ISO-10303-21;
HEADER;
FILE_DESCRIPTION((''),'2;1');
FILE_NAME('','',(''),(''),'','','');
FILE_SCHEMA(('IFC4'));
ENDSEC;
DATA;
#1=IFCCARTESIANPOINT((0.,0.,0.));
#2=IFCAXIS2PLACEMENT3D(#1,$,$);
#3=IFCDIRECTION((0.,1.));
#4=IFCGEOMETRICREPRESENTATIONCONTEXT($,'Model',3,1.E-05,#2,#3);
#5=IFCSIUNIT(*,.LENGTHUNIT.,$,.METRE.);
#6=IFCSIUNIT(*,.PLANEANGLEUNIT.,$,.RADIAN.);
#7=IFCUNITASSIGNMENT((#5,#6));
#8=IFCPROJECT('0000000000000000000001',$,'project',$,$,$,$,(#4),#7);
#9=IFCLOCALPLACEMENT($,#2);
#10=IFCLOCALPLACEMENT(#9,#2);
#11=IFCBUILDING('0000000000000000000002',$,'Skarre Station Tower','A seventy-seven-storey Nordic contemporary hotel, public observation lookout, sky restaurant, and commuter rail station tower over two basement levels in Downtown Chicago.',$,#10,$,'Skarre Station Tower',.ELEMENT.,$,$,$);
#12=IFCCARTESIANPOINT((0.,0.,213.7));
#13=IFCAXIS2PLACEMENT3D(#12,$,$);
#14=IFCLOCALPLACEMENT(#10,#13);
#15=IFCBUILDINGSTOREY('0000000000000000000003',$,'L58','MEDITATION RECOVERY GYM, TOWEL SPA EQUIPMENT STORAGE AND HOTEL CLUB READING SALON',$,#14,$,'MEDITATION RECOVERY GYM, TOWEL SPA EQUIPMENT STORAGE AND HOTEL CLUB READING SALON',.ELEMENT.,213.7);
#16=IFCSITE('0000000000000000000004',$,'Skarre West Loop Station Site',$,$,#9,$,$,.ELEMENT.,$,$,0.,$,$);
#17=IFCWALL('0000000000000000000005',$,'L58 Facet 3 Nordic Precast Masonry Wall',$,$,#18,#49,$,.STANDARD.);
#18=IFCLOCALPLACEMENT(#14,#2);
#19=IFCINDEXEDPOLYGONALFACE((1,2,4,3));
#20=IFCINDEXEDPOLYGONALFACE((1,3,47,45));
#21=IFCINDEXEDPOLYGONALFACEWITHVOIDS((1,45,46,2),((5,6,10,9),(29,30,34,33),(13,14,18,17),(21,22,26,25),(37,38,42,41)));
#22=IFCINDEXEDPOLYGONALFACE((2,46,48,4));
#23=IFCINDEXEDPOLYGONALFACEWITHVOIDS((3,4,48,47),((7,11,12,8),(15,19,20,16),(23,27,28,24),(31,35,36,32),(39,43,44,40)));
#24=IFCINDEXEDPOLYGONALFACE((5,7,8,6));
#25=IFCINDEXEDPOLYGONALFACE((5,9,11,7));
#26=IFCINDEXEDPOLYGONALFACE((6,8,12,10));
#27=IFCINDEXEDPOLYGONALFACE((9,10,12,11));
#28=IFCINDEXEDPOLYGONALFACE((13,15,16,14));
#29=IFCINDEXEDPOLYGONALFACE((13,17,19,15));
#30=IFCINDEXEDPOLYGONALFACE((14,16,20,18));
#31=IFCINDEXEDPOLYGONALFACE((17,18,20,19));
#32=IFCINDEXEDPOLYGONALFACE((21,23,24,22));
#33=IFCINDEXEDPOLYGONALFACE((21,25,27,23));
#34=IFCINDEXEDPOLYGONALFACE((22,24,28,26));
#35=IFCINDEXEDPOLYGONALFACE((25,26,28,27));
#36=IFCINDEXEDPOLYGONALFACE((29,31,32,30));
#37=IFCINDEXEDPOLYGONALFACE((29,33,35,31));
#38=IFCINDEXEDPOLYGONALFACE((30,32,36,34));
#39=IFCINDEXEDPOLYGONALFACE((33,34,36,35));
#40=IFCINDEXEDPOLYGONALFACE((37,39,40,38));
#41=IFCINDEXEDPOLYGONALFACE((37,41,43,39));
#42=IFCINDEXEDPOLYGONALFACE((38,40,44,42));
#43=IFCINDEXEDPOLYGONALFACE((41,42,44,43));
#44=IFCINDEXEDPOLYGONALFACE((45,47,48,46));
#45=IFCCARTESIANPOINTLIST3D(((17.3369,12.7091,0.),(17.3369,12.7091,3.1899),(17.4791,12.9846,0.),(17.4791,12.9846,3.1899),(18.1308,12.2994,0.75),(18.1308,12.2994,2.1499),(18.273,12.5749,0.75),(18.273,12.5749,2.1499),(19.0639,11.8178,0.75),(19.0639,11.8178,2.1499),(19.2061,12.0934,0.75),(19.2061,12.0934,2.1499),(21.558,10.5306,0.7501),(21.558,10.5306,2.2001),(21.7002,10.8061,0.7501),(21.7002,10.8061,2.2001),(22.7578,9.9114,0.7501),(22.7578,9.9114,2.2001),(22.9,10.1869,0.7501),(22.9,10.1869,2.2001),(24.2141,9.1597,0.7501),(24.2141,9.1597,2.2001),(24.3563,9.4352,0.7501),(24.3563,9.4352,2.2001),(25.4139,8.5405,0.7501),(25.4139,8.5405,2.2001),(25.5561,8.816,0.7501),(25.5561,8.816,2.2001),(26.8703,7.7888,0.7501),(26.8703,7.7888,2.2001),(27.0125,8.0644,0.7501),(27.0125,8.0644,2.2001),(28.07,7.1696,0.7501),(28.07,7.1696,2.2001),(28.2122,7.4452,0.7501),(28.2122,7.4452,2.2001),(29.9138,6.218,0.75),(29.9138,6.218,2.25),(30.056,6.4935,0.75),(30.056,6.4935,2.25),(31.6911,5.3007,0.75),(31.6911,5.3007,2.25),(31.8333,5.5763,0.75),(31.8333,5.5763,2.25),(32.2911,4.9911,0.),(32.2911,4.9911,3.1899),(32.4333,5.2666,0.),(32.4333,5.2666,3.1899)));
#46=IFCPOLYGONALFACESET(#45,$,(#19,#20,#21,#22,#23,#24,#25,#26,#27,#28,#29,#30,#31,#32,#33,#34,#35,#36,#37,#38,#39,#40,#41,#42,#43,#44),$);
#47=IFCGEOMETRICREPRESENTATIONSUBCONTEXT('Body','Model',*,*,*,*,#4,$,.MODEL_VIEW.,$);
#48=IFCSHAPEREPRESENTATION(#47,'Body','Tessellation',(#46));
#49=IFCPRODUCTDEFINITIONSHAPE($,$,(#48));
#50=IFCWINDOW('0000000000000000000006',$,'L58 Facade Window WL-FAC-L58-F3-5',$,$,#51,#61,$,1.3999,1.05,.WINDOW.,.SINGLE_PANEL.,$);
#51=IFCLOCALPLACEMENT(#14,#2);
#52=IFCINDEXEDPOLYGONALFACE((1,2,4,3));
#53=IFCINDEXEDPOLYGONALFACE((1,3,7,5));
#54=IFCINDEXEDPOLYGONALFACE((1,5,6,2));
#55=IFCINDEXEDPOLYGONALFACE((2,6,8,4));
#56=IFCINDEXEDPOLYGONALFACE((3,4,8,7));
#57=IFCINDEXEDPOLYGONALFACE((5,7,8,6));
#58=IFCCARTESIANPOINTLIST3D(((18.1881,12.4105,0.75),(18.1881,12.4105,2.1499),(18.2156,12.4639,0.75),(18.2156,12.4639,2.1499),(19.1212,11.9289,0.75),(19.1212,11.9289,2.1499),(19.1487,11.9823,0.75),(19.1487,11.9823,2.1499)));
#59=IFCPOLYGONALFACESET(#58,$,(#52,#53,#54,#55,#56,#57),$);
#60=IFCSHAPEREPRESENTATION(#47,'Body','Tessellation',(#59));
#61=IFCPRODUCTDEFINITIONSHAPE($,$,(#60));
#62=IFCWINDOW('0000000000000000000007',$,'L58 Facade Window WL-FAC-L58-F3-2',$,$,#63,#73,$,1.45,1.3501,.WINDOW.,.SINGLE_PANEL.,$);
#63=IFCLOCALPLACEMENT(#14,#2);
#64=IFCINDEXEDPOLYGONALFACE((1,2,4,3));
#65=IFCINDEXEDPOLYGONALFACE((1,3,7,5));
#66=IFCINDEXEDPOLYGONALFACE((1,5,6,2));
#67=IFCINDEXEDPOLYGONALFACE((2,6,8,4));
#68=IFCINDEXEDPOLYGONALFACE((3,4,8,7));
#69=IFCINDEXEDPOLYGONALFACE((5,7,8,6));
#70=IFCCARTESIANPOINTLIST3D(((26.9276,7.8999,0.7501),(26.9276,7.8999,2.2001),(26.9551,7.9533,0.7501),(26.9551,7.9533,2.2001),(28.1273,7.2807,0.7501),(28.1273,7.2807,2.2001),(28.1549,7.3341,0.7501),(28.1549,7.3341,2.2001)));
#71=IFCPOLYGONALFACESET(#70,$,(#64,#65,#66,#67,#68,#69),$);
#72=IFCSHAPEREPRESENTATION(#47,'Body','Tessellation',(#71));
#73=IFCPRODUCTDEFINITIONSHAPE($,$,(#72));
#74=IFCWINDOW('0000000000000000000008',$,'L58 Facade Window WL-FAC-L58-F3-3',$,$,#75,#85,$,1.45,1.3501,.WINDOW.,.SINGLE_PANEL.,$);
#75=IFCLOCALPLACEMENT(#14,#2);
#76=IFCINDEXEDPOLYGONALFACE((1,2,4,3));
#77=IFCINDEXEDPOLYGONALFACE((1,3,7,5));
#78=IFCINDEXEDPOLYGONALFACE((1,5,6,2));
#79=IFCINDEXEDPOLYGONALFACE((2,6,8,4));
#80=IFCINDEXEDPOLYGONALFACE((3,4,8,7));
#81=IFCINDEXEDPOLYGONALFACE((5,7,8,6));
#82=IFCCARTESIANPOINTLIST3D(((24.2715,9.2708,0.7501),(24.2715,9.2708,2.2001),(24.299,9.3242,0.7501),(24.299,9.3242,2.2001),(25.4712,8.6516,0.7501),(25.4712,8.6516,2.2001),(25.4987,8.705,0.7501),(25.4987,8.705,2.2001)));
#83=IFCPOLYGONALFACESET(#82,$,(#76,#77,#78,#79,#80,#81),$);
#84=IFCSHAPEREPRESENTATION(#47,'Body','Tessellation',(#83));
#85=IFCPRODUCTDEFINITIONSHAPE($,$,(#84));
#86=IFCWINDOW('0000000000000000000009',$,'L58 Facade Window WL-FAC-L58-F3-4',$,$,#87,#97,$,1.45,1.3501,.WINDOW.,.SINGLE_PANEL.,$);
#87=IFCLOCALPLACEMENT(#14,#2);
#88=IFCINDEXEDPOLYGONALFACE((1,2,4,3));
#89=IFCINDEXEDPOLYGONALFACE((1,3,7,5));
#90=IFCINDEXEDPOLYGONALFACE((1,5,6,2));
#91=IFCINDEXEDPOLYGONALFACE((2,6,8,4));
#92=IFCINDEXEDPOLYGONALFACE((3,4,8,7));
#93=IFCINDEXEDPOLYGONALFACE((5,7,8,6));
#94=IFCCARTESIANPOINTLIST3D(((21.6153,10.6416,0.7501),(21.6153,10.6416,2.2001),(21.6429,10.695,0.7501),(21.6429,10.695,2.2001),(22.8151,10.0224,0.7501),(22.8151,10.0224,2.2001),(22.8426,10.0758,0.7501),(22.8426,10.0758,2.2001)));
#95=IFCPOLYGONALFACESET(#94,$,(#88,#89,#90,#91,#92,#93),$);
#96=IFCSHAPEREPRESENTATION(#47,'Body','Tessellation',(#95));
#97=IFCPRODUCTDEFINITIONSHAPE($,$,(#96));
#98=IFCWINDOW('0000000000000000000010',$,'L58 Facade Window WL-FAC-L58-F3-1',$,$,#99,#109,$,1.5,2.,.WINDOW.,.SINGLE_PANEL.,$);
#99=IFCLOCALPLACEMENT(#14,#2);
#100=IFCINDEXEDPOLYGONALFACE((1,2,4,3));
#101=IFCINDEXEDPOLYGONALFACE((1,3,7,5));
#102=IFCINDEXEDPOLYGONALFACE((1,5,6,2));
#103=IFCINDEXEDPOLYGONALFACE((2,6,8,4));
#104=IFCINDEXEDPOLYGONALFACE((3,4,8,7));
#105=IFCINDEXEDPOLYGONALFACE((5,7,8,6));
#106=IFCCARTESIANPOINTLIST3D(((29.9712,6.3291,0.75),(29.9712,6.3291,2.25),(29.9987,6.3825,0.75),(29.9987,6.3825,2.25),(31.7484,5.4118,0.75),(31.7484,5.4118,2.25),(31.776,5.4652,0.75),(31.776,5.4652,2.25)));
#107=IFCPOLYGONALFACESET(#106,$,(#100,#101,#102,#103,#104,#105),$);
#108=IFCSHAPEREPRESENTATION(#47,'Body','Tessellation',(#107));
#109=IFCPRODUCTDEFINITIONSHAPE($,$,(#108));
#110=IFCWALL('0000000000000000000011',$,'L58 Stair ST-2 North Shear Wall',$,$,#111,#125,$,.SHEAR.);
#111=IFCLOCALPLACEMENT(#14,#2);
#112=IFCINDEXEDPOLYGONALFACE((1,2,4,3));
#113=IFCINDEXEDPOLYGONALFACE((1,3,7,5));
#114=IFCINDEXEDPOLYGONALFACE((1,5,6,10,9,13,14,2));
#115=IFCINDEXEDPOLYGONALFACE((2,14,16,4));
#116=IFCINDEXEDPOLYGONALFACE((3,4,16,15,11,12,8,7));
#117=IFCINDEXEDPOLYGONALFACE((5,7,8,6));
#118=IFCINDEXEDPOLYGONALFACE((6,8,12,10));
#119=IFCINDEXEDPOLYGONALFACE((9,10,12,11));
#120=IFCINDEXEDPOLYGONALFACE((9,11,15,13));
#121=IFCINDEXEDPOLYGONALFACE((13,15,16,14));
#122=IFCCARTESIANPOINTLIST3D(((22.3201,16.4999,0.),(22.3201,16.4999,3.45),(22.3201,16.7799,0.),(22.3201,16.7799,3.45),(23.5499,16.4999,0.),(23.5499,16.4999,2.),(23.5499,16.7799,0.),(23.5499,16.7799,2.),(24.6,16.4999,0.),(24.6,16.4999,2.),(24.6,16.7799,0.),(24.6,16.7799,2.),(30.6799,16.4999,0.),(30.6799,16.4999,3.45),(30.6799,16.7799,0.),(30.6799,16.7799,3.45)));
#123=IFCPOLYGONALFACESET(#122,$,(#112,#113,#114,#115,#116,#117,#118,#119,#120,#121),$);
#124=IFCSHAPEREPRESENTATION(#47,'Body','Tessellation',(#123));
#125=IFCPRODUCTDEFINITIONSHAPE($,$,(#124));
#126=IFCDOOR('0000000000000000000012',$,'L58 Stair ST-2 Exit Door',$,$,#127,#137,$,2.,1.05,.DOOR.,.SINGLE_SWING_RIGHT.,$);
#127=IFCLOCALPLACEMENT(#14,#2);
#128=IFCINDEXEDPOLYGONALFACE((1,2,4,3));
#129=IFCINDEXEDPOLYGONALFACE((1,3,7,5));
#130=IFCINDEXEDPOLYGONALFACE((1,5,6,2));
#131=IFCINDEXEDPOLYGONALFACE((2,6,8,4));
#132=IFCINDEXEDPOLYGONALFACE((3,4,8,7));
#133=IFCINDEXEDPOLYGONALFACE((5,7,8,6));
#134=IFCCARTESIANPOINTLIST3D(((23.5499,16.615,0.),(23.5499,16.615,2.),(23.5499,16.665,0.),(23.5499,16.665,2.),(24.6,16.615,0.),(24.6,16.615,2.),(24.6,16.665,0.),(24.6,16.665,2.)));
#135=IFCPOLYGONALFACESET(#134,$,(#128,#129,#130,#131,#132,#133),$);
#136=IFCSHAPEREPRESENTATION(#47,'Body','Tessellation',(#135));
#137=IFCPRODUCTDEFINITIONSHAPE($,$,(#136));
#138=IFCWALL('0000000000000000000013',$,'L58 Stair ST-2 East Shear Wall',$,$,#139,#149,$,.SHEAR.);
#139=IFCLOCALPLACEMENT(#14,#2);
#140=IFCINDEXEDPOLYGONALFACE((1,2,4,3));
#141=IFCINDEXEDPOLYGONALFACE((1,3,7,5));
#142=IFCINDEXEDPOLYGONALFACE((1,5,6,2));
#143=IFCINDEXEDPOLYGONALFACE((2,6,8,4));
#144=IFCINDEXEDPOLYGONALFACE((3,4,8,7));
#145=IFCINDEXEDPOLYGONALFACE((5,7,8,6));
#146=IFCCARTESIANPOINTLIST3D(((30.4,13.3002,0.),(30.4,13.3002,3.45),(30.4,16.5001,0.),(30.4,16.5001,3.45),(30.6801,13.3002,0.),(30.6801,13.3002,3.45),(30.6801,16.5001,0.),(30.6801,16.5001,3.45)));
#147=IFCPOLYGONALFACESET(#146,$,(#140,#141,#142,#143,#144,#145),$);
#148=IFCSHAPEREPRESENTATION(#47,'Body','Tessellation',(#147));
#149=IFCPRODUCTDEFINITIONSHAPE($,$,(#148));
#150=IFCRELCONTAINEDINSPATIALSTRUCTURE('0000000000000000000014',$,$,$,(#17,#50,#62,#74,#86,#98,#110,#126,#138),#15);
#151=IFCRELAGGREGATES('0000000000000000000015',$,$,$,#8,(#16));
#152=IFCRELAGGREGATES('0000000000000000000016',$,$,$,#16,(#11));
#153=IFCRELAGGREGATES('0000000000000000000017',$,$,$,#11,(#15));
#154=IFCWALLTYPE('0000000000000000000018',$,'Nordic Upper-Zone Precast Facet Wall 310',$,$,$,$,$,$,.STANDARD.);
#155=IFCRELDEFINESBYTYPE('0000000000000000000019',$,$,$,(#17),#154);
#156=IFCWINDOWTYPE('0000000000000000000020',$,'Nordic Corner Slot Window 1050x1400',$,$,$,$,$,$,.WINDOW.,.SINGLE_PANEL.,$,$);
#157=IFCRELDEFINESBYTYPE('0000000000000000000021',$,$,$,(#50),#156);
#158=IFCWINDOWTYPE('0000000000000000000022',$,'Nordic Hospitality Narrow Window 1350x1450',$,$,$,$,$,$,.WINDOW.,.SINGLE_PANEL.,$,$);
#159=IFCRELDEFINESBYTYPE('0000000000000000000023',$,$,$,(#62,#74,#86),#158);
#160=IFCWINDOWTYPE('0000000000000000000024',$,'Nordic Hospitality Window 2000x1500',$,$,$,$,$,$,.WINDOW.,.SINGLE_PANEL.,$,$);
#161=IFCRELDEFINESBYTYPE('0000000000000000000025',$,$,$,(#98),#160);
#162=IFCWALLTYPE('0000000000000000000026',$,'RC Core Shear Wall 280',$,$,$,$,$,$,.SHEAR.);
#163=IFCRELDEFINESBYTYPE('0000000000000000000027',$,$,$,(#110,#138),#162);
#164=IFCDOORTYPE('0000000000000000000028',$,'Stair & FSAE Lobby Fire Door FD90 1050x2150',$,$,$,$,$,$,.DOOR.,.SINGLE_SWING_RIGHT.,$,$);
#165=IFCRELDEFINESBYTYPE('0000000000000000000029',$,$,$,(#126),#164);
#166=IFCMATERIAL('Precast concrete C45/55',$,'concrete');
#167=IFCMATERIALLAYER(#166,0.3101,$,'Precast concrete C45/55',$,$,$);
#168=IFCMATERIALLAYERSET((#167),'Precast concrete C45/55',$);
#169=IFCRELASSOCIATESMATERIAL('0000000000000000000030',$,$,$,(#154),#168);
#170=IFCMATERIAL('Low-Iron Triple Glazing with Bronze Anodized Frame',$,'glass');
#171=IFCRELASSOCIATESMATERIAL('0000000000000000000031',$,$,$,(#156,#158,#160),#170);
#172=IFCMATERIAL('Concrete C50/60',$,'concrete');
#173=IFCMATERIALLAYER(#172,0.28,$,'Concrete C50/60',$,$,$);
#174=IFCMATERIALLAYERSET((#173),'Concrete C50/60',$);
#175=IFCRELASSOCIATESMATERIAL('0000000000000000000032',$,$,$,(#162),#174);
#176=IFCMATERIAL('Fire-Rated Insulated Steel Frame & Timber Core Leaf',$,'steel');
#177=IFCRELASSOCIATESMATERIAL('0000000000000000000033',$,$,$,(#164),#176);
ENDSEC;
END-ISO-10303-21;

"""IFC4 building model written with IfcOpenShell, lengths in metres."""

from ifc_helpers import new_model, si_unit, direction, frame, frame_2d, origin, place, context, subcontext, project, spatial, rectangle, extrude, material, layer, layer_set, type_object, element, fill, save


model = new_model("IFC4")

# Units and contexts
model_context = context("Model", 3, precision=1e-05, world=origin(), true_north=direction((0.0, 1.0)))
body_context = subcontext(model_context, "Body", "Model", "MODEL_VIEW")
ifc_project = project(units=[si_unit("LENGTHUNIT", "METRE"), si_unit("PLANEANGLEUNIT", "RADIAN")], contexts=[model_context])

# Site, building, storey
site_placement = place(None, origin())
site = spatial("IfcSite", under=ifc_project, at=site_placement, Name="Skarre West Loop Station Site", CompositionType="ELEMENT", RefElevation=0.0)
building_placement = place(site_placement, origin())
building = spatial("IfcBuilding", under=site, at=building_placement, Name="Skarre Station Tower", Description="A seventy-seven-storey Nordic contemporary hotel, public observation lookout, sky restaurant, and commuter rail station tower over two basement levels in Downtown Chicago.", LongName="Skarre Station Tower", CompositionType="ELEMENT")
storey_placement = place(building_placement, frame((0.0, 0.0, 213.7)))
storey = spatial("IfcBuildingStorey", under=building, at=storey_placement, Name="L58", Description="MEDITATION RECOVERY GYM, TOWEL SPA EQUIPMENT STORAGE AND HOTEL CLUB READING SALON", LongName="MEDITATION RECOVERY GYM, TOWEL SPA EQUIPMENT STORAGE AND HOTEL CLUB READING SALON", CompositionType="ELEMENT", Elevation=213.7)

# Shared definitions
ifc_material_1 = material(Name="Precast concrete C45/55", Category="concrete")

# Wall, openings, windows
ifc_layer_1 = layer(ifc_material_1, 0.3101, Name="Precast concrete C45/55")
ifc_layer_set_1 = layer_set([ifc_layer_1], Name="Precast concrete C45/55")
wall_type_1 = type_object("IfcWallType", Name="Nordic Upper-Zone Precast Facet Wall 310", PredefinedType="STANDARD", material=ifc_layer_set_1)
wall_1_placement = place(storey_placement, frame((32.3621, 5.1289, 0.0), z_axis=(0.0, 0.0, 1.0), x_axis=(-0.888626, 0.458632, 0.0)))
wall_1 = element("IfcWall", 1, at=wall_1_placement, inside=storey, type_object=wall_type_1, Name="L58 Facet 3 Nordic Precast Masonry Wall", PredefinedType="STANDARD", context=body_context, shape_type="SweptSolid", body=[
    extrude(rectangle(XDim=16.8284, YDim=0.3101, at=frame_2d((8.4141, 0.0))), origin(), (0.0, 0.0, 1.0), 3.1899),
])
opening_1_placement = place(wall_1_placement, frame((0.675, 0.0, 0.75)))
opening_1 = element("IfcOpeningElement", 2, at=opening_1_placement, cuts=wall_1, PredefinedType="OPENING", context=body_context, shape_type="SweptSolid", body=[
    extrude(rectangle(XDim=2.0, YDim=1.5, at=frame_2d((1.0, 0.75))), frame((0.0, 0.165, 0.0), z_axis=(0.0, -1.0, 0.0), x_axis=(1.0, 0.0, 0.0)), (0.0, 0.0, 1.0), 0.3301),
])
opening_2_placement = place(wall_1_placement, frame((4.75, 0.0, 0.75)))
opening_2 = element("IfcOpeningElement", 3, at=opening_2_placement, cuts=wall_1, PredefinedType="OPENING", context=body_context, shape_type="SweptSolid", body=[
    extrude(rectangle(XDim=1.3501, YDim=1.45, at=frame_2d((0.675, 0.7251))), frame((0.0, 0.165, 0.0), z_axis=(0.0, -1.0, 0.0), x_axis=(1.0, 0.0, 0.0)), (0.0, 0.0, 1.0), 0.3301),
])
opening_3_placement = place(wall_1_placement, frame((7.739, 0.0, 0.75)))
opening_3 = element("IfcOpeningElement", 4, at=opening_3_placement, cuts=wall_1, PredefinedType="OPENING", context=body_context, shape_type="SweptSolid", body=[
    extrude(rectangle(XDim=1.3501, YDim=1.45, at=frame_2d((0.675, 0.7251))), frame((0.0, 0.165, 0.0), z_axis=(0.0, -1.0, 0.0), x_axis=(1.0, 0.0, 0.0)), (0.0, 0.0, 1.0), 0.3301),
])
opening_4_placement = place(wall_1_placement, frame((10.728, 0.0, 0.75)))
opening_4 = element("IfcOpeningElement", 5, at=opening_4_placement, cuts=wall_1, PredefinedType="OPENING", context=body_context, shape_type="SweptSolid", body=[
    extrude(rectangle(XDim=1.3501, YDim=1.45, at=frame_2d((0.675, 0.7251))), frame((0.0, 0.165, 0.0), z_axis=(0.0, -1.0, 0.0), x_axis=(1.0, 0.0, 0.0)), (0.0, 0.0, 1.0), 0.3301),
])
opening_5_placement = place(wall_1_placement, frame((14.885, 0.0, 0.75)))
opening_5 = element("IfcOpeningElement", 6, at=opening_5_placement, cuts=wall_1, PredefinedType="OPENING", context=body_context, shape_type="SweptSolid", body=[
    extrude(rectangle(XDim=1.05, YDim=1.3999, at=frame_2d((0.5249, 0.7))), frame((0.0, 0.165, 0.0), z_axis=(0.0, -1.0, 0.0), x_axis=(1.0, 0.0, 0.0)), (0.0, 0.0, 1.0), 0.3301),
])
ifc_material_2 = material(Name="Low-Iron Triple Glazing with Bronze Anodized Frame", Category="glass")
window_type_1 = type_object("IfcWindowType", Name="Nordic Corner Slot Window 1050x1400", PartitioningType="SINGLE_PANEL", PredefinedType="WINDOW", material=ifc_material_2)
window_1_placement = place(opening_5_placement, origin())
window_1 = element("IfcWindow", 7, at=window_1_placement, inside=storey, type_object=window_type_1, Name="L58 Facade Window WL-FAC-L58-F3-5", OverallHeight=1.3999, OverallWidth=1.05, PartitioningType="SINGLE_PANEL", PredefinedType="WINDOW", context=body_context, shape_type="SweptSolid", body=[
    extrude(rectangle(XDim=1.05, YDim=1.3999, at=frame_2d((0.5249, 0.7))), frame((0.0, 0.03, 0.0), z_axis=(0.0, -1.0, 0.0), x_axis=(1.0, 0.0, 0.0)), (0.0, 0.0, 1.0), 0.0601),
])
fill(opening_5, window_1)
window_type_2 = type_object("IfcWindowType", Name="Nordic Hospitality Narrow Window 1350x1450", PartitioningType="SINGLE_PANEL", PredefinedType="WINDOW", material=ifc_material_2)
window_2_placement = place(opening_2_placement, origin())
window_2 = element("IfcWindow", 8, at=window_2_placement, inside=storey, type_object=window_type_2, Name="L58 Facade Window WL-FAC-L58-F3-2", OverallHeight=1.45, OverallWidth=1.3501, PartitioningType="SINGLE_PANEL", PredefinedType="WINDOW", context=body_context, shape_type="SweptSolid", body=[
    extrude(rectangle(XDim=1.3501, YDim=1.45, at=frame_2d((0.675, 0.7251))), frame((0.0, 0.03, 0.0), z_axis=(0.0, -1.0, 0.0), x_axis=(1.0, 0.0, 0.0)), (0.0, 0.0, 1.0), 0.0601),
])
fill(opening_2, window_2)
window_3_placement = place(opening_3_placement, origin())
window_3 = element("IfcWindow", 9, at=window_3_placement, inside=storey, type_object=window_type_2, Name="L58 Facade Window WL-FAC-L58-F3-3", OverallHeight=1.45, OverallWidth=1.3501, PartitioningType="SINGLE_PANEL", PredefinedType="WINDOW", context=body_context, shape_type="SweptSolid", body=[
    extrude(rectangle(XDim=1.3501, YDim=1.45, at=frame_2d((0.675, 0.7251))), frame((0.0, 0.03, 0.0), z_axis=(0.0, -1.0, 0.0), x_axis=(1.0, 0.0, 0.0)), (0.0, 0.0, 1.0), 0.0601),
])
fill(opening_3, window_3)
window_4_placement = place(opening_4_placement, origin())
window_4 = element("IfcWindow", 10, at=window_4_placement, inside=storey, type_object=window_type_2, Name="L58 Facade Window WL-FAC-L58-F3-4", OverallHeight=1.45, OverallWidth=1.3501, PartitioningType="SINGLE_PANEL", PredefinedType="WINDOW", context=body_context, shape_type="SweptSolid", body=[
    extrude(rectangle(XDim=1.3501, YDim=1.45, at=frame_2d((0.675, 0.7251))), frame((0.0, 0.03, 0.0), z_axis=(0.0, -1.0, 0.0), x_axis=(1.0, 0.0, 0.0)), (0.0, 0.0, 1.0), 0.0601),
])
fill(opening_4, window_4)
window_type_3 = type_object("IfcWindowType", Name="Nordic Hospitality Window 2000x1500", PartitioningType="SINGLE_PANEL", PredefinedType="WINDOW", material=ifc_material_2)
window_5_placement = place(opening_1_placement, origin())
window_5 = element("IfcWindow", 11, at=window_5_placement, inside=storey, type_object=window_type_3, Name="L58 Facade Window WL-FAC-L58-F3-1", OverallHeight=1.5, OverallWidth=2.0, PartitioningType="SINGLE_PANEL", PredefinedType="WINDOW", context=body_context, shape_type="SweptSolid", body=[
    extrude(rectangle(XDim=2.0, YDim=1.5, at=frame_2d((1.0, 0.75))), frame((0.0, 0.03, 0.0), z_axis=(0.0, -1.0, 0.0), x_axis=(1.0, 0.0, 0.0)), (0.0, 0.0, 1.0), 0.0601),
])
fill(opening_1, window_5)

# Wall, opening, door
ifc_material_3 = material(Name="Concrete C50/60", Category="concrete")
ifc_layer_2 = layer(ifc_material_3, 0.28, Name="Concrete C50/60")
ifc_layer_set_2 = layer_set([ifc_layer_2], Name="Concrete C50/60")
wall_type_2 = type_object("IfcWallType", Name="RC Core Shear Wall 280", PredefinedType="SHEAR", material=ifc_layer_set_2)
wall_2_placement = place(storey_placement, frame((30.6799, 16.6399, 0.0), z_axis=(0.0, 0.0, 1.0), x_axis=(-1.0, 0.0, 0.0)))
wall_2 = element("IfcWall", 12, at=wall_2_placement, inside=storey, type_object=wall_type_2, Name="L58 Stair ST-2 North Shear Wall", PredefinedType="SHEAR", context=body_context, shape_type="SweptSolid", body=[
    extrude(rectangle(XDim=8.3599, YDim=0.28, at=frame_2d((4.1799, 0.0))), origin(), (0.0, 0.0, 1.0), 3.45),
])
opening_6_placement = place(wall_2_placement, frame((6.0801, 0.0, 0.0)))
opening_6 = element("IfcOpeningElement", 13, at=opening_6_placement, cuts=wall_2, PredefinedType="OPENING", context=body_context, shape_type="SweptSolid", body=[
    extrude(rectangle(XDim=1.05, YDim=2.0, at=frame_2d((0.5249, 1.0))), frame((0.0, 0.1499, 0.0), z_axis=(0.0, -1.0, 0.0), x_axis=(1.0, 0.0, 0.0)), (0.0, 0.0, 1.0), 0.3),
])
ifc_material_4 = material(Name="Fire-Rated Insulated Steel Frame & Timber Core Leaf", Category="steel")
door_type_1 = type_object("IfcDoorType", Name="Stair & FSAE Lobby Fire Door FD90 1050x2150", OperationType="SINGLE_SWING_RIGHT", PredefinedType="DOOR", material=ifc_material_4)
door_1_placement = place(opening_6_placement, origin())
door_1 = element("IfcDoor", 14, at=door_1_placement, inside=storey, type_object=door_type_1, Name="L58 Stair ST-2 Exit Door", OperationType="SINGLE_SWING_RIGHT", OverallHeight=2.0, OverallWidth=1.05, PredefinedType="DOOR", context=body_context, shape_type="SweptSolid", body=[
    extrude(rectangle(XDim=1.05, YDim=2.0, at=frame_2d((0.5249, 1.0))), frame((0.0, 0.0249, 0.0), z_axis=(0.0, -1.0, 0.0), x_axis=(1.0, 0.0, 0.0)), (0.0, 0.0, 1.0), 0.05),
])
fill(opening_6, door_1)

# Wall
wall_3_placement = place(storey_placement, frame((30.54, 13.3, 0.0), z_axis=(0.0, 0.0, 1.0), x_axis=(0.0, 1.0, 0.0)))
element("IfcWall", 15, at=wall_3_placement, inside=storey, type_object=wall_type_2, Name="L58 Stair ST-2 East Shear Wall", PredefinedType="SHEAR", context=body_context, shape_type="SweptSolid", body=[
    extrude(rectangle(XDim=3.2, YDim=0.28, at=frame_2d((1.6001, 0.0))), origin(), (0.0, 0.0, 1.0), 3.45),
])

save(model, "model.ifc")
